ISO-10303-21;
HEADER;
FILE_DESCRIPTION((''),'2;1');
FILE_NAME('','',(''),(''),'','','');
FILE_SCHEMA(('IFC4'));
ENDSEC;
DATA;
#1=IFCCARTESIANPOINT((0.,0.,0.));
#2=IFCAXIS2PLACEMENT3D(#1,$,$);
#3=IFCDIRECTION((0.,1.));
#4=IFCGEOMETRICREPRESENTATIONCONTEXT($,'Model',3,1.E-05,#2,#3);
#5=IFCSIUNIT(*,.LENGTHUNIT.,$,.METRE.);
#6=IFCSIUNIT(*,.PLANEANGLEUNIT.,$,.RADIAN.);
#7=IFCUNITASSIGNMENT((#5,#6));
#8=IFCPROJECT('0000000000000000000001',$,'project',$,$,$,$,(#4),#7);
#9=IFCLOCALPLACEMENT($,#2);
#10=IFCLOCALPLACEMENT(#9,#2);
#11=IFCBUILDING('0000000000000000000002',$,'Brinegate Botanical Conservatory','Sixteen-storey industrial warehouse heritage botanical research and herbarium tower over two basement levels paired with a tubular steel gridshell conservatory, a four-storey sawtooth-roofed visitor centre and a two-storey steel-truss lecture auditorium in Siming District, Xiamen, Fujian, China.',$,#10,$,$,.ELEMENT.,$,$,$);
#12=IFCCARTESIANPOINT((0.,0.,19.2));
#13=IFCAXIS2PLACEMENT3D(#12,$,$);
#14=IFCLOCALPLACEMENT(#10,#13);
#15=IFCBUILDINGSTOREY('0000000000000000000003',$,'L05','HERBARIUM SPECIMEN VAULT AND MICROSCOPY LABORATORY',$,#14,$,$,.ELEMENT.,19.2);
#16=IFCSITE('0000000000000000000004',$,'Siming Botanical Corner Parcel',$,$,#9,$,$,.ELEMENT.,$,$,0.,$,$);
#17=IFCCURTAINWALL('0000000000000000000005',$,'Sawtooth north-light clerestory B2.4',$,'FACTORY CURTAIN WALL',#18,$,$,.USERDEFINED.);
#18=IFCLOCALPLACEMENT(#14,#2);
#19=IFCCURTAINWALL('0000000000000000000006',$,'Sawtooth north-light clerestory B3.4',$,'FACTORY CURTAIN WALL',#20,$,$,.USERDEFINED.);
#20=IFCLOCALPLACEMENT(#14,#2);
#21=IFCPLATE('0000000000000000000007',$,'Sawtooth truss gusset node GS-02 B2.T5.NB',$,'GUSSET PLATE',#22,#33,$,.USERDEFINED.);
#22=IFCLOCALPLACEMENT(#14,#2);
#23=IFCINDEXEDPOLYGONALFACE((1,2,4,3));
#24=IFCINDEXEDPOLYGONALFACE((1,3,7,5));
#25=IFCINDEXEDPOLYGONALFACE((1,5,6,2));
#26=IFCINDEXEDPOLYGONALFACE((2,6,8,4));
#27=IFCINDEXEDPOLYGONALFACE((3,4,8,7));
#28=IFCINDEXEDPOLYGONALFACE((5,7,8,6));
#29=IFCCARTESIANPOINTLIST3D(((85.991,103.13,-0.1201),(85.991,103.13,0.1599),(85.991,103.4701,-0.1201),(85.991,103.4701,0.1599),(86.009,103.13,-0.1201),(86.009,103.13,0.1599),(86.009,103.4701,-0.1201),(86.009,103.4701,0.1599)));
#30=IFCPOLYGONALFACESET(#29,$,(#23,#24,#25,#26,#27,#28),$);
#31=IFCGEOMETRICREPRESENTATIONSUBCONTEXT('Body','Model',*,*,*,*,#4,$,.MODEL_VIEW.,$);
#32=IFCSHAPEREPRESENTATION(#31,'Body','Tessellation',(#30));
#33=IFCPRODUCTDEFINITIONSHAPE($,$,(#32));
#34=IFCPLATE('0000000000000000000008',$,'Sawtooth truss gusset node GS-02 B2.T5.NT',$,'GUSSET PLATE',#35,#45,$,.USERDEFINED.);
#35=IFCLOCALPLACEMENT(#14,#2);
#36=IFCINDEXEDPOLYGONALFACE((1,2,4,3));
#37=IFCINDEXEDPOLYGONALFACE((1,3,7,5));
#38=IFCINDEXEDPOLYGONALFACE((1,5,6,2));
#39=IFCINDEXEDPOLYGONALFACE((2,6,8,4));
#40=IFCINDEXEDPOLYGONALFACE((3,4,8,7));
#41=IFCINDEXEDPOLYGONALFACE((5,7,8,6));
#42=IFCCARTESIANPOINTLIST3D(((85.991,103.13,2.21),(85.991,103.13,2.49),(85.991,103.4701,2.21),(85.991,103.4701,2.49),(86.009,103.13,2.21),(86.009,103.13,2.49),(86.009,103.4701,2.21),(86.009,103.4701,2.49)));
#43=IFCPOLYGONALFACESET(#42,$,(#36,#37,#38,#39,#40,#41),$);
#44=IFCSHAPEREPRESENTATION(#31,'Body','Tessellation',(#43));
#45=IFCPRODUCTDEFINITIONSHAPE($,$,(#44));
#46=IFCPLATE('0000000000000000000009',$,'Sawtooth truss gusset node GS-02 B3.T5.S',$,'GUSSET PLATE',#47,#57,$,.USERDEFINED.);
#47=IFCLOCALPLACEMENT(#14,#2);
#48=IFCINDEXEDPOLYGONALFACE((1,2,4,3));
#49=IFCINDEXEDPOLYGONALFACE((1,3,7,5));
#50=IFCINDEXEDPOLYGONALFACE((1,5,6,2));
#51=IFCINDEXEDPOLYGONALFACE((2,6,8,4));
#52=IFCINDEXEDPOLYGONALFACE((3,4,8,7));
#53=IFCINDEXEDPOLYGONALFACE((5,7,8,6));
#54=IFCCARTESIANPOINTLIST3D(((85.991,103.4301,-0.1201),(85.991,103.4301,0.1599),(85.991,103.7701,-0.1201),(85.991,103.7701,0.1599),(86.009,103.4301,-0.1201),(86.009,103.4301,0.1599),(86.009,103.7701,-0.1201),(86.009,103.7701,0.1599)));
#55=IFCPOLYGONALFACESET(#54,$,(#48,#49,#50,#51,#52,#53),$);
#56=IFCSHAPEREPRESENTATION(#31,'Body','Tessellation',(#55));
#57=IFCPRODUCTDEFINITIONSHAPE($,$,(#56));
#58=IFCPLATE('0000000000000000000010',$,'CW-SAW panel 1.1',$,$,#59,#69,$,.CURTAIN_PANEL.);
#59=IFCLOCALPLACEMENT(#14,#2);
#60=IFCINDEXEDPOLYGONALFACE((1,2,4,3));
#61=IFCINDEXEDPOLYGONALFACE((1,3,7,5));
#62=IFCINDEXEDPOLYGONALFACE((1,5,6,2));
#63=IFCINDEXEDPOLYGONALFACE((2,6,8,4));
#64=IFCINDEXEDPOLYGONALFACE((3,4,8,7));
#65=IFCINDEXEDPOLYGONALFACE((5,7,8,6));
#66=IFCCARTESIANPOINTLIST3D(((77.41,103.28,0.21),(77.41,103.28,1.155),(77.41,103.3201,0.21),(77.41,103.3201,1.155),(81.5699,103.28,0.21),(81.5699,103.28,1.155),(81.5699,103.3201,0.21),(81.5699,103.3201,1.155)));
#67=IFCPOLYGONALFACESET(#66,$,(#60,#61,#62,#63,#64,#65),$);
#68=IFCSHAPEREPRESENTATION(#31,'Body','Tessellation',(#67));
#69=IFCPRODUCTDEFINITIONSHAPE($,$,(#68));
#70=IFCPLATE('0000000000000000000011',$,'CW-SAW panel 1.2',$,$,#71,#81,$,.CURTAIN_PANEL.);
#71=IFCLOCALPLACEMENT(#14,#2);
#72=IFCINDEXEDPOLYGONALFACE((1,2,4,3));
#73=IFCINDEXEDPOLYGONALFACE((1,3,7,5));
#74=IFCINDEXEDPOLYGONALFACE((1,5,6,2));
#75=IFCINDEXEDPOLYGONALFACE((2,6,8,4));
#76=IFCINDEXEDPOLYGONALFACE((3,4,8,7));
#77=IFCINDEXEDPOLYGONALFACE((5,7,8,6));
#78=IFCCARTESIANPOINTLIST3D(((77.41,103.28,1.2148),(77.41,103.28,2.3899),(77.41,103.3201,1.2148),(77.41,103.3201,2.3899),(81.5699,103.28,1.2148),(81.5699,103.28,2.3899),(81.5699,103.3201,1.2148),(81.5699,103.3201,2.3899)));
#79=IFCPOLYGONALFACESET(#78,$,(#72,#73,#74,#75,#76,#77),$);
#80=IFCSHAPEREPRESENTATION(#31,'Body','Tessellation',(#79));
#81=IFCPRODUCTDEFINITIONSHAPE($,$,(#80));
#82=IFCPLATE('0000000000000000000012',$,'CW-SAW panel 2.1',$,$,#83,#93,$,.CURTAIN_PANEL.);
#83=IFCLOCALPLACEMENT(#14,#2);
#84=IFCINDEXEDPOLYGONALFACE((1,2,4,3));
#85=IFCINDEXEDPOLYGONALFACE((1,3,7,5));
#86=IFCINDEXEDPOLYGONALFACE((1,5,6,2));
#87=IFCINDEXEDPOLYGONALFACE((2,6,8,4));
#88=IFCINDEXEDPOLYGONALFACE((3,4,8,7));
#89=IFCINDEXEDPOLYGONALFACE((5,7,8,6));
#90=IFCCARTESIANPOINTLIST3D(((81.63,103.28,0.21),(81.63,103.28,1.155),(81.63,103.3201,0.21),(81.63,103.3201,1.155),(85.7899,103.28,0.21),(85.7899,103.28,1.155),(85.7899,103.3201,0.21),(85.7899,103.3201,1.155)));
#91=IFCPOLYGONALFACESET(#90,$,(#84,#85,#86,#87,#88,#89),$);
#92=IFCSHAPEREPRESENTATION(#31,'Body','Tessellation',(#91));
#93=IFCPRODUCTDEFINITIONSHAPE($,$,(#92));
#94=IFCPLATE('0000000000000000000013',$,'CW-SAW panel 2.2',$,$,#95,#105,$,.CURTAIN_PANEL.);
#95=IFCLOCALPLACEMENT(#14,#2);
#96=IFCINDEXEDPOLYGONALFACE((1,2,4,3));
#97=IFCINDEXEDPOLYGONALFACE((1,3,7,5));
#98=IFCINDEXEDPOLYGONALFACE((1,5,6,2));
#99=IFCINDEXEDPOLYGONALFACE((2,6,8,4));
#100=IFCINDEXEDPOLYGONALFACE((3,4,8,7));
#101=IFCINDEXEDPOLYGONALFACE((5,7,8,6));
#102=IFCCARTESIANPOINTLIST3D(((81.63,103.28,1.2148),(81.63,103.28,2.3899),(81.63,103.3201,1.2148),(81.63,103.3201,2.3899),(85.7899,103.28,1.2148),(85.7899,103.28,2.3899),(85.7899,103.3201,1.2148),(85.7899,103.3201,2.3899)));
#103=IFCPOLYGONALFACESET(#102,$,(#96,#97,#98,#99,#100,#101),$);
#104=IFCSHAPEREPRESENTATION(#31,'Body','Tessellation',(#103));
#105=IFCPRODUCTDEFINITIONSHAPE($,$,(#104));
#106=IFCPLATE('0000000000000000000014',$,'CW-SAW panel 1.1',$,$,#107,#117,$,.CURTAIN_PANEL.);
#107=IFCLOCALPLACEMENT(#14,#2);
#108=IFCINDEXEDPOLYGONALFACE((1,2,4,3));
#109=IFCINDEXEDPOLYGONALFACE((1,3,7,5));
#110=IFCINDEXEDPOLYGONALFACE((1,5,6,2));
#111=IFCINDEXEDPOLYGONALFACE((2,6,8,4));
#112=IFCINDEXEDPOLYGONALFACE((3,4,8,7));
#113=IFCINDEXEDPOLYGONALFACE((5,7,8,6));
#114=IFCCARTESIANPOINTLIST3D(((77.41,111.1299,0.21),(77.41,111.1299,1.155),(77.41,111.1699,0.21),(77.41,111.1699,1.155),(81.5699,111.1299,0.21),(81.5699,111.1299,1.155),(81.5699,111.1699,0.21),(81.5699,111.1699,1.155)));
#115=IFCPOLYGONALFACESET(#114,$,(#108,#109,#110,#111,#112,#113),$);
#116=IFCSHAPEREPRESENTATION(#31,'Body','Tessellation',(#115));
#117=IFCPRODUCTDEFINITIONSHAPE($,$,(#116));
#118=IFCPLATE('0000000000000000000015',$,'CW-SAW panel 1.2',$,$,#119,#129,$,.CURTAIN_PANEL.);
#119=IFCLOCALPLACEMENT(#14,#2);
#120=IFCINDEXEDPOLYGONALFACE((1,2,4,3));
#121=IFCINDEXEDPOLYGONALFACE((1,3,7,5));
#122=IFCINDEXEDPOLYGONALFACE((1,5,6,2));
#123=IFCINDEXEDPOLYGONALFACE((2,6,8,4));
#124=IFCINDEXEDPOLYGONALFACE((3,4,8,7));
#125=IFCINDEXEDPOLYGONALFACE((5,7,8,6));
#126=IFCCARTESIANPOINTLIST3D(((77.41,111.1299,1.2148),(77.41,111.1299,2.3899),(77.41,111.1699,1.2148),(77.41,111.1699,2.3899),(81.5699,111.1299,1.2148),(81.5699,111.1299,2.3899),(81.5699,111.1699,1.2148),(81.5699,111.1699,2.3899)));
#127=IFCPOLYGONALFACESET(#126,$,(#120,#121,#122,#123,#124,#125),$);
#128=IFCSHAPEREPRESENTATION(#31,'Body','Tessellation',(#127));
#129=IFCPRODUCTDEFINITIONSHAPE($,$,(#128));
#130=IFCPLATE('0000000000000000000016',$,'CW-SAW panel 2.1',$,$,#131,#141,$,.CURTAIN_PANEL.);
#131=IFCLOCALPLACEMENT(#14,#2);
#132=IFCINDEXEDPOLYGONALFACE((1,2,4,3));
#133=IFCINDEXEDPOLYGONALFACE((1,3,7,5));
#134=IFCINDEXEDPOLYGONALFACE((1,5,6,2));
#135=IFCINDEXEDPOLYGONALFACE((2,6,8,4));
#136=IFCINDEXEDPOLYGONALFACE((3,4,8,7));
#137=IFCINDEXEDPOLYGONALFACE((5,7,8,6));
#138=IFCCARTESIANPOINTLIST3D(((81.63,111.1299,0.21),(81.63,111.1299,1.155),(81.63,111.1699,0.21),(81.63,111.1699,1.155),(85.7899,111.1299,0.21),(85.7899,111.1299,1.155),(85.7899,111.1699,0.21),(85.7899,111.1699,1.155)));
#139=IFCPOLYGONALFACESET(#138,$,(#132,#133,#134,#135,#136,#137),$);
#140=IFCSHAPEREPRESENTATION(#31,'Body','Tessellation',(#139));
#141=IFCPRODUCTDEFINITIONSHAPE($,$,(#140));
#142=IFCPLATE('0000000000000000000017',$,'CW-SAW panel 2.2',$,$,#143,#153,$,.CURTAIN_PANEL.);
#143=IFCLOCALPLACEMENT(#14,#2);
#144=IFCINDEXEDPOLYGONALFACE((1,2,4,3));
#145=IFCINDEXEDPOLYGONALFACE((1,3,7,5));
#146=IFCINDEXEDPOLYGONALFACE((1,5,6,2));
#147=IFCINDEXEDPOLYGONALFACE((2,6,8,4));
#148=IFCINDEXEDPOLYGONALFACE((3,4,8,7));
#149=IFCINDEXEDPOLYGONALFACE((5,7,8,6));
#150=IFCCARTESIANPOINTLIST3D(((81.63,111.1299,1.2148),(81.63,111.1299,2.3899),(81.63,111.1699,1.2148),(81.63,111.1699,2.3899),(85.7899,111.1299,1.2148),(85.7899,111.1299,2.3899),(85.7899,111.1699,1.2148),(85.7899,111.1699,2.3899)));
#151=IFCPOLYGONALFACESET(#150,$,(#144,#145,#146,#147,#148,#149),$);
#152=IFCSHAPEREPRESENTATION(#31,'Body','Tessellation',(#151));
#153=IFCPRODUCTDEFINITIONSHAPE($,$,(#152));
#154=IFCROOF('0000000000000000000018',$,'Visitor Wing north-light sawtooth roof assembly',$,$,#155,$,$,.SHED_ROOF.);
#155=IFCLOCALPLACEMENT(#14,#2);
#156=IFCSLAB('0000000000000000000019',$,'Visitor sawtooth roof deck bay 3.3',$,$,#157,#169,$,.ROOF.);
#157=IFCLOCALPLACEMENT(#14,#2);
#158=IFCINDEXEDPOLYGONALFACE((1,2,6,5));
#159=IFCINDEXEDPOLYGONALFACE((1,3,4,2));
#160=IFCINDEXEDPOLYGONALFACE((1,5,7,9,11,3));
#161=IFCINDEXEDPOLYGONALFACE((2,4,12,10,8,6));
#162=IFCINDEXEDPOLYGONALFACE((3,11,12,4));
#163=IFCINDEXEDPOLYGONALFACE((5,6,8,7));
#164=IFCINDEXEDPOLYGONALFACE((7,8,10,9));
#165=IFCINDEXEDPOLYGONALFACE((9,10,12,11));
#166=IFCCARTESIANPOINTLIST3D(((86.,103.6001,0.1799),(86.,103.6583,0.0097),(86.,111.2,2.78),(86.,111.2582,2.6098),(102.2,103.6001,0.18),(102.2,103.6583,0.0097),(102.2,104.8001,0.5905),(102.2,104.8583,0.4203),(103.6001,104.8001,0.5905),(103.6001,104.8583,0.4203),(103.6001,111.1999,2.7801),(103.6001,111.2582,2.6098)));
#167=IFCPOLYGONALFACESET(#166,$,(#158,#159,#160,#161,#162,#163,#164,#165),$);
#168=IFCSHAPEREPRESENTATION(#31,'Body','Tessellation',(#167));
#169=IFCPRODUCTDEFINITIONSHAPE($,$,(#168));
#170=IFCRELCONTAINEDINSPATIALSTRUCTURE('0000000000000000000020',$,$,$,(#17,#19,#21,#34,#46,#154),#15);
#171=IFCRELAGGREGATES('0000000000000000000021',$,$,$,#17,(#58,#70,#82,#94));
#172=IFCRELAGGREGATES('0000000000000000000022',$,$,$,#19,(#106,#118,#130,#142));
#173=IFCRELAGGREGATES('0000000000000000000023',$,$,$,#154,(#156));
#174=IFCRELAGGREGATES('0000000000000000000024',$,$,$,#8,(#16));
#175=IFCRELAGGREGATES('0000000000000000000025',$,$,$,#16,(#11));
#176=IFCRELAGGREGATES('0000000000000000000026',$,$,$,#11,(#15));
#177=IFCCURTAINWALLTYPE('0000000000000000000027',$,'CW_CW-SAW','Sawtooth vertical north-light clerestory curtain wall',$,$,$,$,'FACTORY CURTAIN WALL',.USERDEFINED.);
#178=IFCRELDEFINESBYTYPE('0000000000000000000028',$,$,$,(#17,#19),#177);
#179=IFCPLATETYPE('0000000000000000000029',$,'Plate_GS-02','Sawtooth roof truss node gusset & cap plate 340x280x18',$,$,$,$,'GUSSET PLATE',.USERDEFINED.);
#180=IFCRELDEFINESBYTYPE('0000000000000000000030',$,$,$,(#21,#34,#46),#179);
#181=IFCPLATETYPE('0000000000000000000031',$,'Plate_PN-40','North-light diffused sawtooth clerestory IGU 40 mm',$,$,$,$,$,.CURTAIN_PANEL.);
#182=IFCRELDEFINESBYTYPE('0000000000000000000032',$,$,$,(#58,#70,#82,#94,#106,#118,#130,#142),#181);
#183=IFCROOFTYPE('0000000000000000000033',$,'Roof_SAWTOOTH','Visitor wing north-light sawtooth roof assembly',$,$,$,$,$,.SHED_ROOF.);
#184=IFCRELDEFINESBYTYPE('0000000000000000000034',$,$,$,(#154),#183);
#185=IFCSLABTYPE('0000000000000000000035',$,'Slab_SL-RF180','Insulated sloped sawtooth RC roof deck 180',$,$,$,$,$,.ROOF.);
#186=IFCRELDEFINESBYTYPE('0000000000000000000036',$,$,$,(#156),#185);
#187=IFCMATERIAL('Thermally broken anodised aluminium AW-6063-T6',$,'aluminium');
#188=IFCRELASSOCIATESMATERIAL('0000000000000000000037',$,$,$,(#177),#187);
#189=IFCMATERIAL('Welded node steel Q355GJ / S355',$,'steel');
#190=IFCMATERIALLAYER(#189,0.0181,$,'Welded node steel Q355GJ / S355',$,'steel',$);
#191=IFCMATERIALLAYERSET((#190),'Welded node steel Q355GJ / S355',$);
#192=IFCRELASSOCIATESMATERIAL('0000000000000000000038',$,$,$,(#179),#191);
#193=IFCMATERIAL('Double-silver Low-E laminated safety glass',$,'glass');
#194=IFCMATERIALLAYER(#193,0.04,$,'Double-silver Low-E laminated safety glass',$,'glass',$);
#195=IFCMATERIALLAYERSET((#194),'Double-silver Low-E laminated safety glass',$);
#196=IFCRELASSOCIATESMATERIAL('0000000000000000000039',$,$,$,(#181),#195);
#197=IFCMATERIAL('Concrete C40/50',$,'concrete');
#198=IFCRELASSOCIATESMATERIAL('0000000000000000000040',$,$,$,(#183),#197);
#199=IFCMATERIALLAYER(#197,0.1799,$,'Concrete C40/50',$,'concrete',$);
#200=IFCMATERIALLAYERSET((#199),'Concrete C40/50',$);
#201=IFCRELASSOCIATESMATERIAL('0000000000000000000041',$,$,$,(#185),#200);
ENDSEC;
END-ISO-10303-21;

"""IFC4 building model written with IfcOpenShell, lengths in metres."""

from ifc_helpers import new_model, si_unit, direction, frame, origin, origin_2d, place, context, subcontext, project, spatial, polyline, rectangle, outline, extrude, material, layer, layer_set, type_object, element, aggregate, save


model = new_model("IFC4")

# Units and contexts
model_context = context("Model", 3, precision=1e-05, world=origin(), true_north=direction((0.0, 1.0)))
body_context = subcontext(model_context, "Body", "Model", "MODEL_VIEW")
ifc_project = project(units=[si_unit("LENGTHUNIT", "METRE"), si_unit("PLANEANGLEUNIT", "RADIAN")], contexts=[model_context])

# Site, building, storey
site_placement = place(None, origin())
site = spatial("IfcSite", under=ifc_project, at=site_placement, Name="Siming Botanical Corner Parcel", CompositionType="ELEMENT", RefElevation=0.0)
building_placement = place(site_placement, origin())
building = spatial("IfcBuilding", under=site, at=building_placement, Name="Brinegate Botanical Conservatory", Description="Sixteen-storey industrial warehouse heritage botanical research and herbarium tower over two basement levels paired with a tubular steel gridshell conservatory, a four-storey sawtooth-roofed visitor centre and a two-storey steel-truss lecture auditorium in Siming District, Xiamen, Fujian, China.", CompositionType="ELEMENT")
storey_placement = place(building_placement, frame((0.0, 0.0, 19.2)))
storey = spatial("IfcBuildingStorey", under=building, at=storey_placement, Name="L05", Description="HERBARIUM SPECIMEN VAULT AND MICROSCOPY LABORATORY", CompositionType="ELEMENT", Elevation=19.2)

# Curtain walls
ifc_material_1 = material(Name="Thermally broken anodised aluminium AW-6063-T6", Category="aluminium")
curtain_wall_type = type_object("IfcCurtainWallType", Name="CW_CW-SAW", Description="Sawtooth vertical north-light clerestory curtain wall", ElementType="FACTORY CURTAIN WALL", PredefinedType="USERDEFINED", material=ifc_material_1)
curtain_wall_1_placement = place(storey_placement, origin())
curtain_wall_1 = element("IfcCurtainWall", 1, at=curtain_wall_1_placement, inside=storey, type_object=curtain_wall_type, Name="Sawtooth north-light clerestory B2.4", ObjectType="FACTORY CURTAIN WALL", PredefinedType="USERDEFINED")
curtain_wall_2_placement = place(storey_placement, origin())
curtain_wall_2 = element("IfcCurtainWall", 2, at=curtain_wall_2_placement, inside=storey, type_object=curtain_wall_type, Name="Sawtooth north-light clerestory B3.4", ObjectType="FACTORY CURTAIN WALL", PredefinedType="USERDEFINED")

# Plates
ifc_material_2 = material(Name="Welded node steel Q355GJ / S355", Category="steel")
ifc_layer_1 = layer(ifc_material_2, 0.0181, Name="Welded node steel Q355GJ / S355", Category="steel")
ifc_layer_set_1 = layer_set([ifc_layer_1], Name="Welded node steel Q355GJ / S355")
plate_type_1 = type_object("IfcPlateType", Name="Plate_GS-02", Description="Sawtooth roof truss node gusset & cap plate 340x280x18", ElementType="GUSSET PLATE", PredefinedType="USERDEFINED", material=ifc_layer_set_1)
for number, where, z_axis, x_axis, name in (
    (3, (86.0, 103.3, -0.1201), (0.0, 0.0, 1.0), (1.0, 0.0, 0.0), "Sawtooth truss gusset node GS-02 B2.T5.NB"),
    (4, (86.0, 103.3, 2.21), (0.0, 0.0, 1.0), (1.0, 0.0, 0.0), "Sawtooth truss gusset node GS-02 B2.T5.NT"),
    (5, (86.0, 103.6001, -0.1201), (0.0, 0.0, 1.0), (1.0, 0.0, 0.0), "Sawtooth truss gusset node GS-02 B3.T5.S"),
):
    element("IfcPlate", number, at=place(storey_placement, frame(where, z_axis=z_axis, x_axis=x_axis)), inside=storey, type_object=plate_type_1, Name=name, ObjectType="GUSSET PLATE", PredefinedType="USERDEFINED", context=body_context, shape_type="SweptSolid", body=[
        extrude(rectangle(XDim=0.0181, YDim=0.3401, at=origin_2d()), origin(), (0.0, 0.0, 1.0), 0.28),
    ])

# Plates
ifc_material_3 = material(Name="Double-silver Low-E laminated safety glass", Category="glass")
ifc_layer_2 = layer(ifc_material_3, 0.04, Name="Double-silver Low-E laminated safety glass", Category="glass")
ifc_layer_set_2 = layer_set([ifc_layer_2], Name="Double-silver Low-E laminated safety glass")
plate_type_2 = type_object("IfcPlateType", Name="Plate_PN-40", Description="North-light diffused sawtooth clerestory IGU 40 mm", PredefinedType="CURTAIN_PANEL", material=ifc_layer_set_2)
plate_1_placement = place(storey_placement, frame((79.49, 103.3, 0.21), z_axis=(0.0, 0.0, 1.0), x_axis=(1.0, 0.0, 0.0)))
plate_1 = element("IfcPlate", 6, at=plate_1_placement, type_object=plate_type_2, Name="CW-SAW panel 1.1", PredefinedType="CURTAIN_PANEL", context=body_context, shape_type="SweptSolid", body=[
    extrude(rectangle(XDim=4.1599, YDim=0.04, at=origin_2d()), origin(), (0.0, 0.0, 1.0), 0.9451),
])
plate_2_placement = place(storey_placement, frame((79.49, 103.3, 1.2148), z_axis=(0.0, 0.0, 1.0), x_axis=(1.0, 0.0, 0.0)))
plate_2 = element("IfcPlate", 7, at=plate_2_placement, type_object=plate_type_2, Name="CW-SAW panel 1.2", PredefinedType="CURTAIN_PANEL", context=body_context, shape_type="SweptSolid", body=[
    extrude(rectangle(XDim=4.1599, YDim=0.04, at=origin_2d()), origin(), (0.0, 0.0, 1.0), 1.175),
])
plate_3_placement = place(storey_placement, frame((83.71, 103.3, 0.21), z_axis=(0.0, 0.0, 1.0), x_axis=(1.0, 0.0, 0.0)))
plate_3 = element("IfcPlate", 8, at=plate_3_placement, type_object=plate_type_2, Name="CW-SAW panel 2.1", PredefinedType="CURTAIN_PANEL", context=body_context, shape_type="SweptSolid", body=[
    extrude(rectangle(XDim=4.1599, YDim=0.04, at=origin_2d()), origin(), (0.0, 0.0, 1.0), 0.9451),
])
plate_4_placement = place(storey_placement, frame((83.71, 103.3, 1.2148), z_axis=(0.0, 0.0, 1.0), x_axis=(1.0, 0.0, 0.0)))
plate_4 = element("IfcPlate", 9, at=plate_4_placement, type_object=plate_type_2, Name="CW-SAW panel 2.2", PredefinedType="CURTAIN_PANEL", context=body_context, shape_type="SweptSolid", body=[
    extrude(rectangle(XDim=4.1599, YDim=0.04, at=origin_2d()), origin(), (0.0, 0.0, 1.0), 1.175),
])
aggregate(curtain_wall_1, [plate_1, plate_2, plate_3, plate_4])
plate_5_placement = place(storey_placement, frame((79.49, 111.1499, 0.21), z_axis=(0.0, 0.0, 1.0), x_axis=(1.0, 0.0, 0.0)))
plate_5 = element("IfcPlate", 10, at=plate_5_placement, type_object=plate_type_2, Name="CW-SAW panel 1.1", PredefinedType="CURTAIN_PANEL", context=body_context, shape_type="SweptSolid", body=[
    extrude(rectangle(XDim=4.1599, YDim=0.04, at=origin_2d()), origin(), (0.0, 0.0, 1.0), 0.9451),
])
plate_6_placement = place(storey_placement, frame((79.49, 111.1499, 1.2148), z_axis=(0.0, 0.0, 1.0), x_axis=(1.0, 0.0, 0.0)))
plate_6 = element("IfcPlate", 11, at=plate_6_placement, type_object=plate_type_2, Name="CW-SAW panel 1.2", PredefinedType="CURTAIN_PANEL", context=body_context, shape_type="SweptSolid", body=[
    extrude(rectangle(XDim=4.1599, YDim=0.04, at=origin_2d()), origin(), (0.0, 0.0, 1.0), 1.175),
])
plate_7_placement = place(storey_placement, frame((83.71, 111.1499, 0.21), z_axis=(0.0, 0.0, 1.0), x_axis=(1.0, 0.0, 0.0)))
plate_7 = element("IfcPlate", 12, at=plate_7_placement, type_object=plate_type_2, Name="CW-SAW panel 2.1", PredefinedType="CURTAIN_PANEL", context=body_context, shape_type="SweptSolid", body=[
    extrude(rectangle(XDim=4.1599, YDim=0.04, at=origin_2d()), origin(), (0.0, 0.0, 1.0), 0.9451),
])
plate_8_placement = place(storey_placement, frame((83.71, 111.1499, 1.2148), z_axis=(0.0, 0.0, 1.0), x_axis=(1.0, 0.0, 0.0)))
plate_8 = element("IfcPlate", 13, at=plate_8_placement, type_object=plate_type_2, Name="CW-SAW panel 2.2", PredefinedType="CURTAIN_PANEL", context=body_context, shape_type="SweptSolid", body=[
    extrude(rectangle(XDim=4.1599, YDim=0.04, at=origin_2d()), origin(), (0.0, 0.0, 1.0), 1.175),
])
aggregate(curtain_wall_2, [plate_5, plate_6, plate_7, plate_8])

# Roof, slab
ifc_material_4 = material(Name="Concrete C40/50", Category="concrete")
roof_type = type_object("IfcRoofType", Name="Roof_SAWTOOTH", Description="Visitor wing north-light sawtooth roof assembly", PredefinedType="SHED_ROOF", material=ifc_material_4)
roof_placement = place(storey_placement, origin())
roof = element("IfcRoof", 14, at=roof_placement, inside=storey, type_object=roof_type, Name="Visitor Wing north-light sawtooth roof assembly", PredefinedType="SHED_ROOF")
ifc_layer_3 = layer(ifc_material_4, 0.1799, Name="Concrete C40/50", Category="concrete")
ifc_layer_set_3 = layer_set([ifc_layer_3], Name="Concrete C40/50")
slab_type = type_object("IfcSlabType", Name="Slab_SL-RF180", Description="Insulated sloped sawtooth RC roof deck 180", PredefinedType="ROOF", material=ifc_layer_set_3)
slab_placement = place(storey_placement, frame((86.0, 103.6001, 0.1799), z_axis=(-0.000003, -0.323703, 0.946159), x_axis=(1.0, -0.000001, 0.000003)))
slab = element("IfcSlab", 15, at=slab_placement, type_object=slab_type, Name="Visitor sawtooth roof deck bay 3.3", PredefinedType="ROOF", context=body_context, shape_type="SweptSolid", body=[
    extrude(outline(polyline([(0.0, 0.0), (16.2, 0.0), (16.2, 1.2683), (17.6001, 1.2683), (17.6001, 8.0323), (0.0, 8.0323), (0.0, 0.0)])), origin(), (0.0, 0.0, -1.0), 0.1799),
])
aggregate(roof, [slab])

save(model, "model.ifc")
